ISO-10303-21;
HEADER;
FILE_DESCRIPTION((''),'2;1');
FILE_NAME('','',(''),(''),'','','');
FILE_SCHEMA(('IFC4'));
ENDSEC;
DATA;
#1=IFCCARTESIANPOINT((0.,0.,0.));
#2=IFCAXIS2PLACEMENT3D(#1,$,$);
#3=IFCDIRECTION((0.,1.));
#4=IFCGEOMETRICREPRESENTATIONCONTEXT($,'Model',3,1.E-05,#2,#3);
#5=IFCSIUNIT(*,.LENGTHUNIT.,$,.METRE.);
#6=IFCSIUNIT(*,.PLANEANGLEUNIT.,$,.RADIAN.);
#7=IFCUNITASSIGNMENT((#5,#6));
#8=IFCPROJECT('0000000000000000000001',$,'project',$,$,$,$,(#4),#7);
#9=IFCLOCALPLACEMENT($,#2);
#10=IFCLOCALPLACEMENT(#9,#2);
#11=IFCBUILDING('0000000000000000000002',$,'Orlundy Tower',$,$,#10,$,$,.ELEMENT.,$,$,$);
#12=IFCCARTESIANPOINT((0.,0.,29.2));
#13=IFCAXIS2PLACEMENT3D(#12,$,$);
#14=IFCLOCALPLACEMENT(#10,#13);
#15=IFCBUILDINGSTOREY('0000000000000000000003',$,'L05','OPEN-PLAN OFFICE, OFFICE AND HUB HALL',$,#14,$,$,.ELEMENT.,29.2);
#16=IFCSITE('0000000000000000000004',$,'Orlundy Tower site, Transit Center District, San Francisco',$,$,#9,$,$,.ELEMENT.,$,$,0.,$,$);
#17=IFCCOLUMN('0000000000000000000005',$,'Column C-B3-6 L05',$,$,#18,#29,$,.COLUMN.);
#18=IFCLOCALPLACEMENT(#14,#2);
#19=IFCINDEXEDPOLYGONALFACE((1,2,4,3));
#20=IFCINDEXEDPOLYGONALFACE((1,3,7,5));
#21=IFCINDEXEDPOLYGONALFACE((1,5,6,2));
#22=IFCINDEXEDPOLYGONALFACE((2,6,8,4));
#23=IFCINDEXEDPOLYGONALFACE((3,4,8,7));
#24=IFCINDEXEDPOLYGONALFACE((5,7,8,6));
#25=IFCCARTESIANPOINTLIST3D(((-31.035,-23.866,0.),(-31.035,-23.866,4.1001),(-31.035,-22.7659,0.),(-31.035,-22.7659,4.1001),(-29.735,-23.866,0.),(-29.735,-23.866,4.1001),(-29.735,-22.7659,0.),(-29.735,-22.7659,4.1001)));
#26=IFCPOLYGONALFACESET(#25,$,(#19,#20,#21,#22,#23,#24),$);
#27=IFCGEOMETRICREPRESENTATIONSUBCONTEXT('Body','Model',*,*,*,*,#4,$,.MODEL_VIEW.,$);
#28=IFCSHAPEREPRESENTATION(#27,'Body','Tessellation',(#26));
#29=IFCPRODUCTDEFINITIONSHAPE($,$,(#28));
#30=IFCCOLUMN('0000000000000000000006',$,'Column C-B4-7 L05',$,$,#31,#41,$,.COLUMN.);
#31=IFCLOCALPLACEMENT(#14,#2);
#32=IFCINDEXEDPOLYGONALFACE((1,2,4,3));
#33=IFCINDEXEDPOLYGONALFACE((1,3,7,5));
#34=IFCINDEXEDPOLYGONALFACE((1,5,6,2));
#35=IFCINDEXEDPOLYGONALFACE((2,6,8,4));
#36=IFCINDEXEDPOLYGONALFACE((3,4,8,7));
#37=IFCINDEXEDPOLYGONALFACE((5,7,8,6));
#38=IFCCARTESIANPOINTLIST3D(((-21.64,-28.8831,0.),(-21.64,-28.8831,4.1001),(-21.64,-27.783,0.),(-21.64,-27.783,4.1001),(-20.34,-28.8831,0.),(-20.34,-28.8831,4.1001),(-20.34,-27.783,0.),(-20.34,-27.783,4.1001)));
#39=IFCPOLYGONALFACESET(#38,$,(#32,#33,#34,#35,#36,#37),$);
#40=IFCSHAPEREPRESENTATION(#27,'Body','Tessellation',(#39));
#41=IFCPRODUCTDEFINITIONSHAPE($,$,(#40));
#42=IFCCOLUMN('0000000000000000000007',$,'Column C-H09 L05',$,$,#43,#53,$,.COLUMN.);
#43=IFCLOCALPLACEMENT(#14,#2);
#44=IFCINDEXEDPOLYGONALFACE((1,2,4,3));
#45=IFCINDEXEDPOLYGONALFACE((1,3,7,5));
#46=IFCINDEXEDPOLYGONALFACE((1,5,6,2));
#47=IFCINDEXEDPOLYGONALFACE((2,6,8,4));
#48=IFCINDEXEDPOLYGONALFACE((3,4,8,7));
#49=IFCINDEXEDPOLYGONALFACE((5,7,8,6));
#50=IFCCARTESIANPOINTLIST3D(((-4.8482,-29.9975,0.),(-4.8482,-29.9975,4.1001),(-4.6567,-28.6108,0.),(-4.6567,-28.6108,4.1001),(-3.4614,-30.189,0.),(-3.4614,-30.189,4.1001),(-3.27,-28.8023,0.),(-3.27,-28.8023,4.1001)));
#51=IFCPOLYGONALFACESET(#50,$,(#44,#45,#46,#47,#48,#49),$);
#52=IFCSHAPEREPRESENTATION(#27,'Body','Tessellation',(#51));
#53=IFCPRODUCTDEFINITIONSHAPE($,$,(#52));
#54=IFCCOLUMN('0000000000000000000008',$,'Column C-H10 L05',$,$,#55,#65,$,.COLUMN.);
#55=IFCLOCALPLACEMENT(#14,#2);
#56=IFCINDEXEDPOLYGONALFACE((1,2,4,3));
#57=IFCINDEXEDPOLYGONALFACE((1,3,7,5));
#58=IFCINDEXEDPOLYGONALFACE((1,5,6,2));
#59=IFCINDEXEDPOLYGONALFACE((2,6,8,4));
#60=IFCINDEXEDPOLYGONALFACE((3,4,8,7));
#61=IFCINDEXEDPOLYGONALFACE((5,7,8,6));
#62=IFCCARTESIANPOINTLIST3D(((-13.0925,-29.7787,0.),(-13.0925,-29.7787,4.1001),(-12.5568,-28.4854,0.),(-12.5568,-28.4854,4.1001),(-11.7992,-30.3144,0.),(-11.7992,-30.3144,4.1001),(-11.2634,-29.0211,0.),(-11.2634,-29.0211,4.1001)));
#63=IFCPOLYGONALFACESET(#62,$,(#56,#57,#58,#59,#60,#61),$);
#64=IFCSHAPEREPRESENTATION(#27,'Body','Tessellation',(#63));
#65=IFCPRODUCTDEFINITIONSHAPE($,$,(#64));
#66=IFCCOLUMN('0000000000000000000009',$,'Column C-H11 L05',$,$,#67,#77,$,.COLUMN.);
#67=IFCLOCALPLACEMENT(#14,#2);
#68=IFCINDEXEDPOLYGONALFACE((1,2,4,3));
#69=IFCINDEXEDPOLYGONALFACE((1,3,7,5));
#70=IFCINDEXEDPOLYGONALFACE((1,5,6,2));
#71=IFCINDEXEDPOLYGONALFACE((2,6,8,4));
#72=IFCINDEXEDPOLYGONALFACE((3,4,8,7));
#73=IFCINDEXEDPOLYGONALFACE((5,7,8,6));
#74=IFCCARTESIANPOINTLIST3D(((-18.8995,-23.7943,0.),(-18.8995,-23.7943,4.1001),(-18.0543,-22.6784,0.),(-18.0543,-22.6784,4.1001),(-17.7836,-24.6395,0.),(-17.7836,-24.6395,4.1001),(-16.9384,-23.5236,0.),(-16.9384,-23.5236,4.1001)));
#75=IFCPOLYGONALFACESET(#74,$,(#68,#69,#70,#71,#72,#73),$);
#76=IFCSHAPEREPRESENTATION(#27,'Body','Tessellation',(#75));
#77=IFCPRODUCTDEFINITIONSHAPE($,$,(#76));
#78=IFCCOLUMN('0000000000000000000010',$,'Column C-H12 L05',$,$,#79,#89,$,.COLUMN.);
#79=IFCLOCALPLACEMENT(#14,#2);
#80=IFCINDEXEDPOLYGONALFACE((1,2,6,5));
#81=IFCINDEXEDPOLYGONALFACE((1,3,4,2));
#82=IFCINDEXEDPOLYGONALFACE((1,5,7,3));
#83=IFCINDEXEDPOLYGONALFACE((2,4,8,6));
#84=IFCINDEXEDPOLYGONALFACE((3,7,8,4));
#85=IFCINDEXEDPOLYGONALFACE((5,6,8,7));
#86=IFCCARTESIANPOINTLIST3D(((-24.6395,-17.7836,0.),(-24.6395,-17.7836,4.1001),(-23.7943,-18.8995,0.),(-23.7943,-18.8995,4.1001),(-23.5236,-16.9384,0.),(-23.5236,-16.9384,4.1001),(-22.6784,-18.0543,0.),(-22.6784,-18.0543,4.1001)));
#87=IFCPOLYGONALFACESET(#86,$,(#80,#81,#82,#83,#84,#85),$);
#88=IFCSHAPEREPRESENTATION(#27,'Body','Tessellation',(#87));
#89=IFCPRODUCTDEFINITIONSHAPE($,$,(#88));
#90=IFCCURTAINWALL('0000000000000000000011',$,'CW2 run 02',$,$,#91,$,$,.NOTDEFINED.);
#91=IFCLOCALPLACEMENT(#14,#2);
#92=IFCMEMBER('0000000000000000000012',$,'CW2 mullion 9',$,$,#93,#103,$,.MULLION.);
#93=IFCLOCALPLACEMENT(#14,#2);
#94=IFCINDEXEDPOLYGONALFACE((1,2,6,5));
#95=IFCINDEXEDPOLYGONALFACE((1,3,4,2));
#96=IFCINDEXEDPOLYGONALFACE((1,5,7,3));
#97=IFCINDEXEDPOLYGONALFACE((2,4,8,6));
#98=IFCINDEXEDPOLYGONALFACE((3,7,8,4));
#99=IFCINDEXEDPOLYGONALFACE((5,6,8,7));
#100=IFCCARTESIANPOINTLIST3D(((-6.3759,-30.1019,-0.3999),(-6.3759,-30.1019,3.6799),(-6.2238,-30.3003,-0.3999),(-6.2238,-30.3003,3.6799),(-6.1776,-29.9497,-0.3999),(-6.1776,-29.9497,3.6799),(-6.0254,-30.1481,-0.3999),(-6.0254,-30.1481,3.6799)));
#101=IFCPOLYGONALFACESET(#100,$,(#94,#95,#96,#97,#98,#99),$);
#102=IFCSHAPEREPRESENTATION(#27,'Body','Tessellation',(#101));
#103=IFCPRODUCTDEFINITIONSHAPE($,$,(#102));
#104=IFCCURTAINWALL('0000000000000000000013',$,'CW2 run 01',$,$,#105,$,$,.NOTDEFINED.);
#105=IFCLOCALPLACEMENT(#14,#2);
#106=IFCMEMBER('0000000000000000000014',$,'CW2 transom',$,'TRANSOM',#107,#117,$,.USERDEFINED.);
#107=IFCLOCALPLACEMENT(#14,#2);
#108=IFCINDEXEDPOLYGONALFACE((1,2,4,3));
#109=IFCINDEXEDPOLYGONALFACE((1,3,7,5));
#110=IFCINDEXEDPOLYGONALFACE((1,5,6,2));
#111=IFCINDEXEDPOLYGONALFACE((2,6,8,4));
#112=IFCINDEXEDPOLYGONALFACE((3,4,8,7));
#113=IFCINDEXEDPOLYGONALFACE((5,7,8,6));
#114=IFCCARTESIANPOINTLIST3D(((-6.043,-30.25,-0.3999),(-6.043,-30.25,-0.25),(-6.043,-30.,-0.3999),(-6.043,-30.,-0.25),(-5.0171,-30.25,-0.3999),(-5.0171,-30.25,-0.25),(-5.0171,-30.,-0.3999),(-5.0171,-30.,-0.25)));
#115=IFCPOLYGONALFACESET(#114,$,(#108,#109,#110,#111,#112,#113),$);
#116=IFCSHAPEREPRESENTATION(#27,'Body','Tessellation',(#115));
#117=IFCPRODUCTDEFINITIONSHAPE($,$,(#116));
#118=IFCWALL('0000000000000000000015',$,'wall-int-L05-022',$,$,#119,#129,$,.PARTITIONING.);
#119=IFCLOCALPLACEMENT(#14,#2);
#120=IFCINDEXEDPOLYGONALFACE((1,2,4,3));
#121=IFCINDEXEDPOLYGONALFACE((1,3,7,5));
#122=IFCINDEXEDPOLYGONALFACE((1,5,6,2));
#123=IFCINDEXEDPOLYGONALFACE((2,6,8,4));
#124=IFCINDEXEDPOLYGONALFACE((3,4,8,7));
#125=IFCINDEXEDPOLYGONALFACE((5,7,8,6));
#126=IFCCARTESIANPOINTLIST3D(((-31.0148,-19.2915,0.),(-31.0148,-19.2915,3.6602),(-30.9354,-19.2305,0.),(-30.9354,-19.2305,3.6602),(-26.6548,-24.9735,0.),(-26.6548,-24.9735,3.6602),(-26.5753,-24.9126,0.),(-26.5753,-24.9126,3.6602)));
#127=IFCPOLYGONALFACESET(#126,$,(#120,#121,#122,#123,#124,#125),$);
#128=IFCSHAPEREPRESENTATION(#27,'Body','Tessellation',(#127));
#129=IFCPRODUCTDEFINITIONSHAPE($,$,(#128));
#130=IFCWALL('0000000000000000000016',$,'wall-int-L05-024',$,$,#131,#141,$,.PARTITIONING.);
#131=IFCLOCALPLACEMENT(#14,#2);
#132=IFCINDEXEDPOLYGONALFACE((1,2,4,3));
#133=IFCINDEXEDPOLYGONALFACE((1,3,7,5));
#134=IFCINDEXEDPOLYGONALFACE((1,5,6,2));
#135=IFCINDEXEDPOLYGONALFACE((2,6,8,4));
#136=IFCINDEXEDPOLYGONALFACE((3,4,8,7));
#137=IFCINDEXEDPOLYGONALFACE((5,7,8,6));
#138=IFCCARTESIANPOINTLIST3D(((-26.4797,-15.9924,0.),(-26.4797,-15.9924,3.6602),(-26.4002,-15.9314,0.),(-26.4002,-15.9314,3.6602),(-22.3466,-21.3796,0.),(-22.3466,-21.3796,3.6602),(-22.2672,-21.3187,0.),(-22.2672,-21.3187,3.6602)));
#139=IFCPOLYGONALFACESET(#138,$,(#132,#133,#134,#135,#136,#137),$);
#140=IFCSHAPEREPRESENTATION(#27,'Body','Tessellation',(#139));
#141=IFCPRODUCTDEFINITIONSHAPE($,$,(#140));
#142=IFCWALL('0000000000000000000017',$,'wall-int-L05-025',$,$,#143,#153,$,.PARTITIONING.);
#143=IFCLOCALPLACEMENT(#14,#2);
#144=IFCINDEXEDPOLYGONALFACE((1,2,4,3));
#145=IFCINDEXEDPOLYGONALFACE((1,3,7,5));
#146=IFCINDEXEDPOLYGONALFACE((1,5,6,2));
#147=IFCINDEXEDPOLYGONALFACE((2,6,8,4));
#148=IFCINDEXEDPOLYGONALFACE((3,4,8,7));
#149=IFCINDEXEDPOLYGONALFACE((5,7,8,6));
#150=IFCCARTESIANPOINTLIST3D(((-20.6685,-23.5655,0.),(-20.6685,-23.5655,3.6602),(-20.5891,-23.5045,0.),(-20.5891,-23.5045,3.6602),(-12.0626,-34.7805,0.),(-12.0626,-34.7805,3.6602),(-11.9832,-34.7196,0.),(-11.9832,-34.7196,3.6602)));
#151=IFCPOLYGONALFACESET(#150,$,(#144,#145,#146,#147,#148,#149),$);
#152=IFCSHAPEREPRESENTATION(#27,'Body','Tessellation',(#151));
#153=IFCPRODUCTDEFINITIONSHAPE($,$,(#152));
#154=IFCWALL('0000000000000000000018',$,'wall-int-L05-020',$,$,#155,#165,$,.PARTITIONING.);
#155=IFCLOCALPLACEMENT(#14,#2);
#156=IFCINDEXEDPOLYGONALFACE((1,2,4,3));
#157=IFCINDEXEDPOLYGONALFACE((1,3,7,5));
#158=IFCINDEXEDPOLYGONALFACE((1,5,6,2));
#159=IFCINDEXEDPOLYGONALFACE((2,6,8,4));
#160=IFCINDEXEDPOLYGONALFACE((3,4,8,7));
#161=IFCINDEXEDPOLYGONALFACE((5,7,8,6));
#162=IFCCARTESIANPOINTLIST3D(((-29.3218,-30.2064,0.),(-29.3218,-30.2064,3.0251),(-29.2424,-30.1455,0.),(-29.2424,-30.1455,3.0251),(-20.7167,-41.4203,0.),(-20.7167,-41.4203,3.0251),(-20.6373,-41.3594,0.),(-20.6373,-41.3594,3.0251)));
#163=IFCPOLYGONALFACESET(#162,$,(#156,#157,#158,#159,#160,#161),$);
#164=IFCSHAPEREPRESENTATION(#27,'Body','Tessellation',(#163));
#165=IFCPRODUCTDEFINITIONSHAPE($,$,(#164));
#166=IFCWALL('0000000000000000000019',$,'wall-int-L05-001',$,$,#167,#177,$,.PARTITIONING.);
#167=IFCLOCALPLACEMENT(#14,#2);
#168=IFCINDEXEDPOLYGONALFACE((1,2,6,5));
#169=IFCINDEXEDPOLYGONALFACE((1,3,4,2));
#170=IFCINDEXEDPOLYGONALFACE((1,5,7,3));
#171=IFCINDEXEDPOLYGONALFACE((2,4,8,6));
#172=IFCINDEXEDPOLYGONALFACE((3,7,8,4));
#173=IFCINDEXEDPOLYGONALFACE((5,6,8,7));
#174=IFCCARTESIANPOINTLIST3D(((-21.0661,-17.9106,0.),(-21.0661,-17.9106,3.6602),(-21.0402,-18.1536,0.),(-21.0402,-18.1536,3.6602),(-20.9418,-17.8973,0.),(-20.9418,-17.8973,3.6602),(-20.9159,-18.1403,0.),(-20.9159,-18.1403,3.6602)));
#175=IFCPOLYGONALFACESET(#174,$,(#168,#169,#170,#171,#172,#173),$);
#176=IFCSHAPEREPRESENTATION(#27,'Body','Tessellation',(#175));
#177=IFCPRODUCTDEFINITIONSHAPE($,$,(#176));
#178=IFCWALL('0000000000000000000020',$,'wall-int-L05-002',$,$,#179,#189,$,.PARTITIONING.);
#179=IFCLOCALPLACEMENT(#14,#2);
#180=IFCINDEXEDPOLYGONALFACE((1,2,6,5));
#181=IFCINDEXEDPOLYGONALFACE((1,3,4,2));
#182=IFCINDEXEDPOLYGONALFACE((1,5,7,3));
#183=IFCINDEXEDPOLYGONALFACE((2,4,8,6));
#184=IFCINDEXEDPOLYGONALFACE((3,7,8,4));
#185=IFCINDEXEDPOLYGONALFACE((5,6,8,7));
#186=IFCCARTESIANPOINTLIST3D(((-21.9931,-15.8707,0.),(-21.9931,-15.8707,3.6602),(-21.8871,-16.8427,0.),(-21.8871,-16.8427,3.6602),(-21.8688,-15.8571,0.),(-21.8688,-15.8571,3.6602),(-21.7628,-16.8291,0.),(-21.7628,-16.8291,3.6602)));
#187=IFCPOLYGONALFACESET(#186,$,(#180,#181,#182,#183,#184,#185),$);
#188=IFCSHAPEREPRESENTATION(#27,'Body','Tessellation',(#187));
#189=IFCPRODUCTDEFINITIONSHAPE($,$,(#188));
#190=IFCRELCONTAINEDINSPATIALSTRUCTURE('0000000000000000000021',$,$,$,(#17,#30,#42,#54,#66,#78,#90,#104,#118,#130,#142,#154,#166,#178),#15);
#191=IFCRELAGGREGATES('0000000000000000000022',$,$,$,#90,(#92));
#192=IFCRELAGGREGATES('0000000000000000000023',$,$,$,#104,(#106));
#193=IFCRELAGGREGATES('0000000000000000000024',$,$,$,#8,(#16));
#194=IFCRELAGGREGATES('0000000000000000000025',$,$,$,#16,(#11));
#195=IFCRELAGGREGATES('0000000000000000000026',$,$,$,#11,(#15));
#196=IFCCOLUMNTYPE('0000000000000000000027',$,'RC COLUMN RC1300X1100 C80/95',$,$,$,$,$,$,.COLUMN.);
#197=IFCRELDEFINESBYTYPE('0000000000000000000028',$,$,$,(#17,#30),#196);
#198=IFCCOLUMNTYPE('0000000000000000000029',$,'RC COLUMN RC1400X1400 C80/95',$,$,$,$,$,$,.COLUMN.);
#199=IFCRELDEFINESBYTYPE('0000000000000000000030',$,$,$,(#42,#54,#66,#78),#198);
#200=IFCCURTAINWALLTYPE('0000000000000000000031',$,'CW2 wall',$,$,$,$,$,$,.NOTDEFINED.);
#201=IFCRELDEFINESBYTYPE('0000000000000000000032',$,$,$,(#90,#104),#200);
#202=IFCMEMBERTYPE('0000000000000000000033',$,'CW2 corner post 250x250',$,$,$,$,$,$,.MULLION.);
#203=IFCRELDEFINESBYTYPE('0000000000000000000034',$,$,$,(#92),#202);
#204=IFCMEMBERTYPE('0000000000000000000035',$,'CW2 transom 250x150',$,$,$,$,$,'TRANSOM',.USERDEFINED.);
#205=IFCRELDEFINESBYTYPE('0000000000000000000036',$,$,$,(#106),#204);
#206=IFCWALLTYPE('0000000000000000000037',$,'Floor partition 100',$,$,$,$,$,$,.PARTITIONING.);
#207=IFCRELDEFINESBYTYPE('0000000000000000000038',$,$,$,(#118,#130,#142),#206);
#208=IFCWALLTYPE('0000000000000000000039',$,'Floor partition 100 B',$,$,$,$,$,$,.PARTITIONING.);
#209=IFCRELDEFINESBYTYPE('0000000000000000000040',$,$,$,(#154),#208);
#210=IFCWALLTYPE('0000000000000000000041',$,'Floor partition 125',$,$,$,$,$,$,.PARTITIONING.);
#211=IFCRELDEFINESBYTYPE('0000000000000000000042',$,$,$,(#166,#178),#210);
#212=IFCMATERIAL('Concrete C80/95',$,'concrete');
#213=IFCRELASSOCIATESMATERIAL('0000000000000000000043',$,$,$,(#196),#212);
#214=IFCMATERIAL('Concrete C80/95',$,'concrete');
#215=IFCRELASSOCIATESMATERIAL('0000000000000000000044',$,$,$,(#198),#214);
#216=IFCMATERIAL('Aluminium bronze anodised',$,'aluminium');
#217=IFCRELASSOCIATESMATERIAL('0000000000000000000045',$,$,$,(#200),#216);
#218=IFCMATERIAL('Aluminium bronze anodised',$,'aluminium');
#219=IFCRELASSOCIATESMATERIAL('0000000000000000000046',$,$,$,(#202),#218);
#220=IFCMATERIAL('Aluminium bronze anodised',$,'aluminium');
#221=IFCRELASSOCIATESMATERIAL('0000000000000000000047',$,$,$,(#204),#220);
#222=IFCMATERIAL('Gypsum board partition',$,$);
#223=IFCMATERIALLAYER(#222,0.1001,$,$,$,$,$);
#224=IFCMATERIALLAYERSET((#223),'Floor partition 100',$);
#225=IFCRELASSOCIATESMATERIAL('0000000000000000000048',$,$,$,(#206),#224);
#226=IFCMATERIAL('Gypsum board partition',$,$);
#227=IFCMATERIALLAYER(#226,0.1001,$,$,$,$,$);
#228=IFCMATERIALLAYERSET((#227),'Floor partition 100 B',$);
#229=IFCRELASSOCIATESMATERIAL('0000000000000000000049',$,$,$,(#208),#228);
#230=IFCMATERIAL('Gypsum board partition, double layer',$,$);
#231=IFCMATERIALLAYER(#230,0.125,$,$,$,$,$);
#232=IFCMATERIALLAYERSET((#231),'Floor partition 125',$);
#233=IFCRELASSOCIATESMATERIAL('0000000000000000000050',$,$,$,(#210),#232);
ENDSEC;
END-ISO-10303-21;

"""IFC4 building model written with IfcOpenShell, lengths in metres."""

from ifc_helpers import new_model, si_unit, direction, frame, frame_2d, origin, origin_2d, place, context, subcontext, project, spatial, rectangle, extrude, material, layer, layer_set, material_profile, profile_set, type_object, element, aggregate, save


model = new_model("IFC4")

# Units and contexts
model_context = context("Model", 3, precision=1e-05, world=origin(), true_north=direction((0.0, 1.0)))
body_context = subcontext(model_context, "Body", "Model", "MODEL_VIEW")
ifc_project = project(units=[si_unit("LENGTHUNIT", "METRE"), si_unit("PLANEANGLEUNIT", "RADIAN")], contexts=[model_context])

# Site, building, storey
site_placement = place(None, origin())
site = spatial("IfcSite", under=ifc_project, at=site_placement, Name="Orlundy Tower site, Transit Center District, San Francisco", CompositionType="ELEMENT", RefElevation=0.0)
building_placement = place(site_placement, origin())
building = spatial("IfcBuilding", under=site, at=building_placement, Name="Orlundy Tower", CompositionType="ELEMENT")
storey_placement = place(building_placement, frame((0.0, 0.0, 29.2)))
storey = spatial("IfcBuildingStorey", under=building, at=storey_placement, Name="L05", Description="OPEN-PLAN OFFICE, OFFICE AND HUB HALL", CompositionType="ELEMENT", Elevation=29.2)

# Columns
ifc_material_1 = material(Name="Concrete C80/95", Category="concrete")
ifc_material_profile_1 = material_profile(ifc_material_1, rectangle(XDim=1.3, YDim=1.1001, at=origin_2d()), Name="RC1300X1100")
ifc_profile_set_1 = profile_set([ifc_material_profile_1], Name="Concrete C80/95")
column_type_1 = type_object("IfcColumnType", Name="RC COLUMN RC1300X1100 C80/95", PredefinedType="COLUMN", material=ifc_profile_set_1)
for number, where, z_axis, x_axis, name in (
    (1, (-30.385, -23.3159, 0.0), (0.0, 0.0, 1.0), (1.0, 0.0, 0.0), "Column C-B3-6 L05"),
    (2, (-20.99, -28.333, 0.0), (0.0, 0.0, 1.0), (1.0, 0.0, 0.0), "Column C-B4-7 L05"),
):
    element("IfcColumn", number, at=place(storey_placement, frame(where, z_axis=z_axis, x_axis=x_axis)), inside=storey, type_object=column_type_1, Name=name, PredefinedType="COLUMN", context=body_context, shape_type="SweptSolid", body=[
        extrude(rectangle(XDim=1.3, YDim=1.1001, at=origin_2d()), origin(), (0.0, 0.0, 1.0), 4.1001),
    ])
ifc_material_2 = material(Name="Concrete C80/95", Category="concrete")
ifc_material_profile_2 = material_profile(ifc_material_2, rectangle(XDim=1.3999, YDim=1.3999, at=origin_2d()), Name="RC1400X1400")
ifc_profile_set_2 = profile_set([ifc_material_profile_2], Name="Concrete C80/95")
column_type_2 = type_object("IfcColumnType", Name="RC COLUMN RC1400X1400 C80/95", PredefinedType="COLUMN", material=ifc_profile_set_2)
for number, where, z_axis, x_axis, name in (
    (3, (-4.0591, -29.3999, 0.0), (0.0, 0.0, 1.0), (-0.13677, -0.990603, 0.0), "Column C-H09 L05"),
    (4, (-12.178, -29.3999, 0.0), (0.0, 0.0, 1.0), (-0.382683, -0.92388, 0.0), "Column C-H10 L05"),
    (5, (-17.9189, -23.6589, 0.0), (0.0, 0.0, 1.0), (-0.603765, -0.797163, 0.0), "Column C-H11 L05"),
    (6, (-23.6589, -17.9189, 0.0), (0.0, 0.0, 1.0), (-0.797163, -0.603765, 0.0), "Column C-H12 L05"),
):
    element("IfcColumn", number, at=place(storey_placement, frame(where, z_axis=z_axis, x_axis=x_axis)), inside=storey, type_object=column_type_2, Name=name, PredefinedType="COLUMN", context=body_context, shape_type="SweptSolid", body=[
        extrude(rectangle(XDim=1.3999, YDim=1.3999, at=origin_2d()), origin(), (0.0, 0.0, 1.0), 4.1001),
    ])

# Curtain walls, members
ifc_material_3 = material(Name="Aluminium bronze anodised", Category="aluminium")
curtain_wall_type = type_object("IfcCurtainWallType", Name="CW2 wall", PredefinedType="NOTDEFINED", material=ifc_material_3)
curtain_wall_1_placement = place(storey_placement, origin())
curtain_wall_1 = element("IfcCurtainWall", 7, at=curtain_wall_1_placement, inside=storey, type_object=curtain_wall_type, Name="CW2 run 02", PredefinedType="NOTDEFINED")
ifc_material_4 = material(Name="Aluminium bronze anodised", Category="aluminium")
ifc_material_profile_3 = material_profile(ifc_material_4, rectangle(XDim=0.25, YDim=0.25, at=origin_2d()), Name="CW2 corner post 250x250")
ifc_profile_set_3 = profile_set([ifc_material_profile_3], Name="Aluminium bronze anodised")
member_type_1 = type_object("IfcMemberType", Name="CW2 corner post 250x250", PredefinedType="MULLION", material=ifc_profile_set_3)
member_1_placement = place(storey_placement, frame((-6.2007, -30.125, -0.3999), z_axis=(0.0, 0.0, 1.0), x_axis=(0.608763, -0.793352, 0.0)))
member_1 = element("IfcMember", 8, at=member_1_placement, type_object=member_type_1, Name="CW2 mullion 9", PredefinedType="MULLION", context=body_context, shape_type="SweptSolid", body=[
    extrude(rectangle(XDim=0.25, YDim=0.25, at=origin_2d()), origin(), (0.0, 0.0, 1.0), 4.0798),
])
aggregate(curtain_wall_1, [member_1])
curtain_wall_2_placement = place(storey_placement, origin())
curtain_wall_2 = element("IfcCurtainWall", 9, at=curtain_wall_2_placement, inside=storey, type_object=curtain_wall_type, Name="CW2 run 01", PredefinedType="NOTDEFINED")
ifc_material_5 = material(Name="Aluminium bronze anodised", Category="aluminium")
ifc_material_profile_4 = material_profile(ifc_material_5, rectangle(XDim=0.25, YDim=0.1499, at=origin_2d()), Name="CW2 transom 250x150")
ifc_profile_set_4 = profile_set([ifc_material_profile_4], Name="Aluminium bronze anodised")
member_type_2 = type_object("IfcMemberType", Name="CW2 transom 250x150", ElementType="TRANSOM", PredefinedType="USERDEFINED", material=ifc_profile_set_4)
member_2_placement = place(storey_placement, frame((-5.0171, -30.125, -0.325), z_axis=(-1.0, 0.0, 0.0), x_axis=(0.0, -1.0, 0.0)))
member_2 = element("IfcMember", 10, at=member_2_placement, type_object=member_type_2, Name="CW2 transom", ObjectType="TRANSOM", PredefinedType="USERDEFINED", context=body_context, shape_type="SweptSolid", body=[
    extrude(rectangle(XDim=0.25, YDim=0.1499, at=origin_2d()), origin(), (0.0, 0.0, 1.0), 1.0259),
])
aggregate(curtain_wall_2, [member_2])

# Walls
ifc_material_6 = material(Name="Gypsum board partition")
ifc_layer_1 = layer(ifc_material_6, 0.1001)
ifc_layer_set_1 = layer_set([ifc_layer_1], Name="Floor partition 100")
wall_type_1 = type_object("IfcWallType", Name="Floor partition 100", PredefinedType="PARTITIONING", material=ifc_layer_set_1)
wall_1_placement = place(storey_placement, frame((-30.9751, -19.261, 0.0), z_axis=(0.0, 0.0, 1.0), x_axis=(0.608766, -0.79335, 0.0)))
element("IfcWall", 11, at=wall_1_placement, inside=storey, type_object=wall_type_1, Name="wall-int-L05-022", PredefinedType="PARTITIONING", context=body_context, shape_type="SweptSolid", body=[
    extrude(rectangle(XDim=7.1621, YDim=0.1001, at=frame_2d((3.5811, 0.0))), origin(), (0.0, 0.0, 1.0), 3.6602),
])
wall_2_placement = place(storey_placement, frame((-26.4399, -15.9619, 0.0), z_axis=(0.0, 0.0, 1.0), x_axis=(0.608697, -0.793403, 0.0)))
element("IfcWall", 12, at=wall_2_placement, inside=storey, type_object=wall_type_1, Name="wall-int-L05-024", PredefinedType="PARTITIONING", context=body_context, shape_type="SweptSolid", body=[
    extrude(rectangle(XDim=6.79, YDim=0.1001, at=frame_2d((3.395, 0.0))), origin(), (0.0, 0.0, 1.0), 3.6602),
])
wall_3_placement = place(storey_placement, frame((-20.6289, -23.5349, 0.0), z_axis=(0.0, 0.0, 1.0), x_axis=(0.608776, -0.793342, 0.0)))
element("IfcWall", 13, at=wall_3_placement, inside=storey, type_object=wall_type_1, Name="wall-int-L05-025", PredefinedType="PARTITIONING", context=body_context, shape_type="SweptSolid", body=[
    extrude(rectangle(XDim=14.1365, YDim=0.1001, at=frame_2d((7.0684, 0.0))), origin(), (0.0, 0.0, 1.0), 3.6602),
])
ifc_material_7 = material(Name="Gypsum board partition")
ifc_layer_2 = layer(ifc_material_7, 0.1001)
ifc_layer_set_2 = layer_set([ifc_layer_2], Name="Floor partition 100 B")
wall_type_2 = type_object("IfcWallType", Name="Floor partition 100 B", PredefinedType="PARTITIONING", material=ifc_layer_set_2)
wall_4_placement = place(storey_placement, frame((-29.282, -30.176, 0.0), z_axis=(0.0, 0.0, 1.0), x_axis=(0.608774, -0.793344, 0.0)))
element("IfcWall", 14, at=wall_4_placement, inside=storey, type_object=wall_type_2, Name="wall-int-L05-020", PredefinedType="PARTITIONING", context=body_context, shape_type="SweptSolid", body=[
    extrude(rectangle(XDim=14.135, YDim=0.1001, at=frame_2d((7.0674, 0.0))), origin(), (0.0, 0.0, 1.0), 3.0251),
])
ifc_material_8 = material(Name="Gypsum board partition, double layer")
ifc_layer_3 = layer(ifc_material_8, 0.125)
ifc_layer_set_3 = layer_set([ifc_layer_3], Name="Floor partition 125")
wall_type_3 = type_object("IfcWallType", Name="Floor partition 125", PredefinedType="PARTITIONING", material=ifc_layer_set_3)
wall_5_placement = place(storey_placement, frame((-21.0039, -17.9041, 0.0), z_axis=(0.0, 0.0, 1.0), x_axis=(0.105933, -0.994373, 0.0)))
element("IfcWall", 15, at=wall_5_placement, inside=storey, type_object=wall_type_3, Name="wall-int-L05-001", PredefinedType="PARTITIONING", context=body_context, shape_type="SweptSolid", body=[
    extrude(rectangle(XDim=0.2444, YDim=0.125, at=frame_2d((0.1221, 0.0))), origin(), (0.0, 0.0, 1.0), 3.6602),
])
wall_6_placement = place(storey_placement, frame((-21.9309, -15.864, 0.0), z_axis=(0.0, 0.0, 1.0), x_axis=(0.108376, -0.99411, 0.0)))
element("IfcWall", 16, at=wall_6_placement, inside=storey, type_object=wall_type_3, Name="wall-int-L05-002", PredefinedType="PARTITIONING", context=body_context, shape_type="SweptSolid", body=[
    extrude(rectangle(XDim=0.9778, YDim=0.125, at=frame_2d((0.4888, 0.0))), origin(), (0.0, 0.0, 1.0), 3.6602),
])

save(model, "model.ifc")
